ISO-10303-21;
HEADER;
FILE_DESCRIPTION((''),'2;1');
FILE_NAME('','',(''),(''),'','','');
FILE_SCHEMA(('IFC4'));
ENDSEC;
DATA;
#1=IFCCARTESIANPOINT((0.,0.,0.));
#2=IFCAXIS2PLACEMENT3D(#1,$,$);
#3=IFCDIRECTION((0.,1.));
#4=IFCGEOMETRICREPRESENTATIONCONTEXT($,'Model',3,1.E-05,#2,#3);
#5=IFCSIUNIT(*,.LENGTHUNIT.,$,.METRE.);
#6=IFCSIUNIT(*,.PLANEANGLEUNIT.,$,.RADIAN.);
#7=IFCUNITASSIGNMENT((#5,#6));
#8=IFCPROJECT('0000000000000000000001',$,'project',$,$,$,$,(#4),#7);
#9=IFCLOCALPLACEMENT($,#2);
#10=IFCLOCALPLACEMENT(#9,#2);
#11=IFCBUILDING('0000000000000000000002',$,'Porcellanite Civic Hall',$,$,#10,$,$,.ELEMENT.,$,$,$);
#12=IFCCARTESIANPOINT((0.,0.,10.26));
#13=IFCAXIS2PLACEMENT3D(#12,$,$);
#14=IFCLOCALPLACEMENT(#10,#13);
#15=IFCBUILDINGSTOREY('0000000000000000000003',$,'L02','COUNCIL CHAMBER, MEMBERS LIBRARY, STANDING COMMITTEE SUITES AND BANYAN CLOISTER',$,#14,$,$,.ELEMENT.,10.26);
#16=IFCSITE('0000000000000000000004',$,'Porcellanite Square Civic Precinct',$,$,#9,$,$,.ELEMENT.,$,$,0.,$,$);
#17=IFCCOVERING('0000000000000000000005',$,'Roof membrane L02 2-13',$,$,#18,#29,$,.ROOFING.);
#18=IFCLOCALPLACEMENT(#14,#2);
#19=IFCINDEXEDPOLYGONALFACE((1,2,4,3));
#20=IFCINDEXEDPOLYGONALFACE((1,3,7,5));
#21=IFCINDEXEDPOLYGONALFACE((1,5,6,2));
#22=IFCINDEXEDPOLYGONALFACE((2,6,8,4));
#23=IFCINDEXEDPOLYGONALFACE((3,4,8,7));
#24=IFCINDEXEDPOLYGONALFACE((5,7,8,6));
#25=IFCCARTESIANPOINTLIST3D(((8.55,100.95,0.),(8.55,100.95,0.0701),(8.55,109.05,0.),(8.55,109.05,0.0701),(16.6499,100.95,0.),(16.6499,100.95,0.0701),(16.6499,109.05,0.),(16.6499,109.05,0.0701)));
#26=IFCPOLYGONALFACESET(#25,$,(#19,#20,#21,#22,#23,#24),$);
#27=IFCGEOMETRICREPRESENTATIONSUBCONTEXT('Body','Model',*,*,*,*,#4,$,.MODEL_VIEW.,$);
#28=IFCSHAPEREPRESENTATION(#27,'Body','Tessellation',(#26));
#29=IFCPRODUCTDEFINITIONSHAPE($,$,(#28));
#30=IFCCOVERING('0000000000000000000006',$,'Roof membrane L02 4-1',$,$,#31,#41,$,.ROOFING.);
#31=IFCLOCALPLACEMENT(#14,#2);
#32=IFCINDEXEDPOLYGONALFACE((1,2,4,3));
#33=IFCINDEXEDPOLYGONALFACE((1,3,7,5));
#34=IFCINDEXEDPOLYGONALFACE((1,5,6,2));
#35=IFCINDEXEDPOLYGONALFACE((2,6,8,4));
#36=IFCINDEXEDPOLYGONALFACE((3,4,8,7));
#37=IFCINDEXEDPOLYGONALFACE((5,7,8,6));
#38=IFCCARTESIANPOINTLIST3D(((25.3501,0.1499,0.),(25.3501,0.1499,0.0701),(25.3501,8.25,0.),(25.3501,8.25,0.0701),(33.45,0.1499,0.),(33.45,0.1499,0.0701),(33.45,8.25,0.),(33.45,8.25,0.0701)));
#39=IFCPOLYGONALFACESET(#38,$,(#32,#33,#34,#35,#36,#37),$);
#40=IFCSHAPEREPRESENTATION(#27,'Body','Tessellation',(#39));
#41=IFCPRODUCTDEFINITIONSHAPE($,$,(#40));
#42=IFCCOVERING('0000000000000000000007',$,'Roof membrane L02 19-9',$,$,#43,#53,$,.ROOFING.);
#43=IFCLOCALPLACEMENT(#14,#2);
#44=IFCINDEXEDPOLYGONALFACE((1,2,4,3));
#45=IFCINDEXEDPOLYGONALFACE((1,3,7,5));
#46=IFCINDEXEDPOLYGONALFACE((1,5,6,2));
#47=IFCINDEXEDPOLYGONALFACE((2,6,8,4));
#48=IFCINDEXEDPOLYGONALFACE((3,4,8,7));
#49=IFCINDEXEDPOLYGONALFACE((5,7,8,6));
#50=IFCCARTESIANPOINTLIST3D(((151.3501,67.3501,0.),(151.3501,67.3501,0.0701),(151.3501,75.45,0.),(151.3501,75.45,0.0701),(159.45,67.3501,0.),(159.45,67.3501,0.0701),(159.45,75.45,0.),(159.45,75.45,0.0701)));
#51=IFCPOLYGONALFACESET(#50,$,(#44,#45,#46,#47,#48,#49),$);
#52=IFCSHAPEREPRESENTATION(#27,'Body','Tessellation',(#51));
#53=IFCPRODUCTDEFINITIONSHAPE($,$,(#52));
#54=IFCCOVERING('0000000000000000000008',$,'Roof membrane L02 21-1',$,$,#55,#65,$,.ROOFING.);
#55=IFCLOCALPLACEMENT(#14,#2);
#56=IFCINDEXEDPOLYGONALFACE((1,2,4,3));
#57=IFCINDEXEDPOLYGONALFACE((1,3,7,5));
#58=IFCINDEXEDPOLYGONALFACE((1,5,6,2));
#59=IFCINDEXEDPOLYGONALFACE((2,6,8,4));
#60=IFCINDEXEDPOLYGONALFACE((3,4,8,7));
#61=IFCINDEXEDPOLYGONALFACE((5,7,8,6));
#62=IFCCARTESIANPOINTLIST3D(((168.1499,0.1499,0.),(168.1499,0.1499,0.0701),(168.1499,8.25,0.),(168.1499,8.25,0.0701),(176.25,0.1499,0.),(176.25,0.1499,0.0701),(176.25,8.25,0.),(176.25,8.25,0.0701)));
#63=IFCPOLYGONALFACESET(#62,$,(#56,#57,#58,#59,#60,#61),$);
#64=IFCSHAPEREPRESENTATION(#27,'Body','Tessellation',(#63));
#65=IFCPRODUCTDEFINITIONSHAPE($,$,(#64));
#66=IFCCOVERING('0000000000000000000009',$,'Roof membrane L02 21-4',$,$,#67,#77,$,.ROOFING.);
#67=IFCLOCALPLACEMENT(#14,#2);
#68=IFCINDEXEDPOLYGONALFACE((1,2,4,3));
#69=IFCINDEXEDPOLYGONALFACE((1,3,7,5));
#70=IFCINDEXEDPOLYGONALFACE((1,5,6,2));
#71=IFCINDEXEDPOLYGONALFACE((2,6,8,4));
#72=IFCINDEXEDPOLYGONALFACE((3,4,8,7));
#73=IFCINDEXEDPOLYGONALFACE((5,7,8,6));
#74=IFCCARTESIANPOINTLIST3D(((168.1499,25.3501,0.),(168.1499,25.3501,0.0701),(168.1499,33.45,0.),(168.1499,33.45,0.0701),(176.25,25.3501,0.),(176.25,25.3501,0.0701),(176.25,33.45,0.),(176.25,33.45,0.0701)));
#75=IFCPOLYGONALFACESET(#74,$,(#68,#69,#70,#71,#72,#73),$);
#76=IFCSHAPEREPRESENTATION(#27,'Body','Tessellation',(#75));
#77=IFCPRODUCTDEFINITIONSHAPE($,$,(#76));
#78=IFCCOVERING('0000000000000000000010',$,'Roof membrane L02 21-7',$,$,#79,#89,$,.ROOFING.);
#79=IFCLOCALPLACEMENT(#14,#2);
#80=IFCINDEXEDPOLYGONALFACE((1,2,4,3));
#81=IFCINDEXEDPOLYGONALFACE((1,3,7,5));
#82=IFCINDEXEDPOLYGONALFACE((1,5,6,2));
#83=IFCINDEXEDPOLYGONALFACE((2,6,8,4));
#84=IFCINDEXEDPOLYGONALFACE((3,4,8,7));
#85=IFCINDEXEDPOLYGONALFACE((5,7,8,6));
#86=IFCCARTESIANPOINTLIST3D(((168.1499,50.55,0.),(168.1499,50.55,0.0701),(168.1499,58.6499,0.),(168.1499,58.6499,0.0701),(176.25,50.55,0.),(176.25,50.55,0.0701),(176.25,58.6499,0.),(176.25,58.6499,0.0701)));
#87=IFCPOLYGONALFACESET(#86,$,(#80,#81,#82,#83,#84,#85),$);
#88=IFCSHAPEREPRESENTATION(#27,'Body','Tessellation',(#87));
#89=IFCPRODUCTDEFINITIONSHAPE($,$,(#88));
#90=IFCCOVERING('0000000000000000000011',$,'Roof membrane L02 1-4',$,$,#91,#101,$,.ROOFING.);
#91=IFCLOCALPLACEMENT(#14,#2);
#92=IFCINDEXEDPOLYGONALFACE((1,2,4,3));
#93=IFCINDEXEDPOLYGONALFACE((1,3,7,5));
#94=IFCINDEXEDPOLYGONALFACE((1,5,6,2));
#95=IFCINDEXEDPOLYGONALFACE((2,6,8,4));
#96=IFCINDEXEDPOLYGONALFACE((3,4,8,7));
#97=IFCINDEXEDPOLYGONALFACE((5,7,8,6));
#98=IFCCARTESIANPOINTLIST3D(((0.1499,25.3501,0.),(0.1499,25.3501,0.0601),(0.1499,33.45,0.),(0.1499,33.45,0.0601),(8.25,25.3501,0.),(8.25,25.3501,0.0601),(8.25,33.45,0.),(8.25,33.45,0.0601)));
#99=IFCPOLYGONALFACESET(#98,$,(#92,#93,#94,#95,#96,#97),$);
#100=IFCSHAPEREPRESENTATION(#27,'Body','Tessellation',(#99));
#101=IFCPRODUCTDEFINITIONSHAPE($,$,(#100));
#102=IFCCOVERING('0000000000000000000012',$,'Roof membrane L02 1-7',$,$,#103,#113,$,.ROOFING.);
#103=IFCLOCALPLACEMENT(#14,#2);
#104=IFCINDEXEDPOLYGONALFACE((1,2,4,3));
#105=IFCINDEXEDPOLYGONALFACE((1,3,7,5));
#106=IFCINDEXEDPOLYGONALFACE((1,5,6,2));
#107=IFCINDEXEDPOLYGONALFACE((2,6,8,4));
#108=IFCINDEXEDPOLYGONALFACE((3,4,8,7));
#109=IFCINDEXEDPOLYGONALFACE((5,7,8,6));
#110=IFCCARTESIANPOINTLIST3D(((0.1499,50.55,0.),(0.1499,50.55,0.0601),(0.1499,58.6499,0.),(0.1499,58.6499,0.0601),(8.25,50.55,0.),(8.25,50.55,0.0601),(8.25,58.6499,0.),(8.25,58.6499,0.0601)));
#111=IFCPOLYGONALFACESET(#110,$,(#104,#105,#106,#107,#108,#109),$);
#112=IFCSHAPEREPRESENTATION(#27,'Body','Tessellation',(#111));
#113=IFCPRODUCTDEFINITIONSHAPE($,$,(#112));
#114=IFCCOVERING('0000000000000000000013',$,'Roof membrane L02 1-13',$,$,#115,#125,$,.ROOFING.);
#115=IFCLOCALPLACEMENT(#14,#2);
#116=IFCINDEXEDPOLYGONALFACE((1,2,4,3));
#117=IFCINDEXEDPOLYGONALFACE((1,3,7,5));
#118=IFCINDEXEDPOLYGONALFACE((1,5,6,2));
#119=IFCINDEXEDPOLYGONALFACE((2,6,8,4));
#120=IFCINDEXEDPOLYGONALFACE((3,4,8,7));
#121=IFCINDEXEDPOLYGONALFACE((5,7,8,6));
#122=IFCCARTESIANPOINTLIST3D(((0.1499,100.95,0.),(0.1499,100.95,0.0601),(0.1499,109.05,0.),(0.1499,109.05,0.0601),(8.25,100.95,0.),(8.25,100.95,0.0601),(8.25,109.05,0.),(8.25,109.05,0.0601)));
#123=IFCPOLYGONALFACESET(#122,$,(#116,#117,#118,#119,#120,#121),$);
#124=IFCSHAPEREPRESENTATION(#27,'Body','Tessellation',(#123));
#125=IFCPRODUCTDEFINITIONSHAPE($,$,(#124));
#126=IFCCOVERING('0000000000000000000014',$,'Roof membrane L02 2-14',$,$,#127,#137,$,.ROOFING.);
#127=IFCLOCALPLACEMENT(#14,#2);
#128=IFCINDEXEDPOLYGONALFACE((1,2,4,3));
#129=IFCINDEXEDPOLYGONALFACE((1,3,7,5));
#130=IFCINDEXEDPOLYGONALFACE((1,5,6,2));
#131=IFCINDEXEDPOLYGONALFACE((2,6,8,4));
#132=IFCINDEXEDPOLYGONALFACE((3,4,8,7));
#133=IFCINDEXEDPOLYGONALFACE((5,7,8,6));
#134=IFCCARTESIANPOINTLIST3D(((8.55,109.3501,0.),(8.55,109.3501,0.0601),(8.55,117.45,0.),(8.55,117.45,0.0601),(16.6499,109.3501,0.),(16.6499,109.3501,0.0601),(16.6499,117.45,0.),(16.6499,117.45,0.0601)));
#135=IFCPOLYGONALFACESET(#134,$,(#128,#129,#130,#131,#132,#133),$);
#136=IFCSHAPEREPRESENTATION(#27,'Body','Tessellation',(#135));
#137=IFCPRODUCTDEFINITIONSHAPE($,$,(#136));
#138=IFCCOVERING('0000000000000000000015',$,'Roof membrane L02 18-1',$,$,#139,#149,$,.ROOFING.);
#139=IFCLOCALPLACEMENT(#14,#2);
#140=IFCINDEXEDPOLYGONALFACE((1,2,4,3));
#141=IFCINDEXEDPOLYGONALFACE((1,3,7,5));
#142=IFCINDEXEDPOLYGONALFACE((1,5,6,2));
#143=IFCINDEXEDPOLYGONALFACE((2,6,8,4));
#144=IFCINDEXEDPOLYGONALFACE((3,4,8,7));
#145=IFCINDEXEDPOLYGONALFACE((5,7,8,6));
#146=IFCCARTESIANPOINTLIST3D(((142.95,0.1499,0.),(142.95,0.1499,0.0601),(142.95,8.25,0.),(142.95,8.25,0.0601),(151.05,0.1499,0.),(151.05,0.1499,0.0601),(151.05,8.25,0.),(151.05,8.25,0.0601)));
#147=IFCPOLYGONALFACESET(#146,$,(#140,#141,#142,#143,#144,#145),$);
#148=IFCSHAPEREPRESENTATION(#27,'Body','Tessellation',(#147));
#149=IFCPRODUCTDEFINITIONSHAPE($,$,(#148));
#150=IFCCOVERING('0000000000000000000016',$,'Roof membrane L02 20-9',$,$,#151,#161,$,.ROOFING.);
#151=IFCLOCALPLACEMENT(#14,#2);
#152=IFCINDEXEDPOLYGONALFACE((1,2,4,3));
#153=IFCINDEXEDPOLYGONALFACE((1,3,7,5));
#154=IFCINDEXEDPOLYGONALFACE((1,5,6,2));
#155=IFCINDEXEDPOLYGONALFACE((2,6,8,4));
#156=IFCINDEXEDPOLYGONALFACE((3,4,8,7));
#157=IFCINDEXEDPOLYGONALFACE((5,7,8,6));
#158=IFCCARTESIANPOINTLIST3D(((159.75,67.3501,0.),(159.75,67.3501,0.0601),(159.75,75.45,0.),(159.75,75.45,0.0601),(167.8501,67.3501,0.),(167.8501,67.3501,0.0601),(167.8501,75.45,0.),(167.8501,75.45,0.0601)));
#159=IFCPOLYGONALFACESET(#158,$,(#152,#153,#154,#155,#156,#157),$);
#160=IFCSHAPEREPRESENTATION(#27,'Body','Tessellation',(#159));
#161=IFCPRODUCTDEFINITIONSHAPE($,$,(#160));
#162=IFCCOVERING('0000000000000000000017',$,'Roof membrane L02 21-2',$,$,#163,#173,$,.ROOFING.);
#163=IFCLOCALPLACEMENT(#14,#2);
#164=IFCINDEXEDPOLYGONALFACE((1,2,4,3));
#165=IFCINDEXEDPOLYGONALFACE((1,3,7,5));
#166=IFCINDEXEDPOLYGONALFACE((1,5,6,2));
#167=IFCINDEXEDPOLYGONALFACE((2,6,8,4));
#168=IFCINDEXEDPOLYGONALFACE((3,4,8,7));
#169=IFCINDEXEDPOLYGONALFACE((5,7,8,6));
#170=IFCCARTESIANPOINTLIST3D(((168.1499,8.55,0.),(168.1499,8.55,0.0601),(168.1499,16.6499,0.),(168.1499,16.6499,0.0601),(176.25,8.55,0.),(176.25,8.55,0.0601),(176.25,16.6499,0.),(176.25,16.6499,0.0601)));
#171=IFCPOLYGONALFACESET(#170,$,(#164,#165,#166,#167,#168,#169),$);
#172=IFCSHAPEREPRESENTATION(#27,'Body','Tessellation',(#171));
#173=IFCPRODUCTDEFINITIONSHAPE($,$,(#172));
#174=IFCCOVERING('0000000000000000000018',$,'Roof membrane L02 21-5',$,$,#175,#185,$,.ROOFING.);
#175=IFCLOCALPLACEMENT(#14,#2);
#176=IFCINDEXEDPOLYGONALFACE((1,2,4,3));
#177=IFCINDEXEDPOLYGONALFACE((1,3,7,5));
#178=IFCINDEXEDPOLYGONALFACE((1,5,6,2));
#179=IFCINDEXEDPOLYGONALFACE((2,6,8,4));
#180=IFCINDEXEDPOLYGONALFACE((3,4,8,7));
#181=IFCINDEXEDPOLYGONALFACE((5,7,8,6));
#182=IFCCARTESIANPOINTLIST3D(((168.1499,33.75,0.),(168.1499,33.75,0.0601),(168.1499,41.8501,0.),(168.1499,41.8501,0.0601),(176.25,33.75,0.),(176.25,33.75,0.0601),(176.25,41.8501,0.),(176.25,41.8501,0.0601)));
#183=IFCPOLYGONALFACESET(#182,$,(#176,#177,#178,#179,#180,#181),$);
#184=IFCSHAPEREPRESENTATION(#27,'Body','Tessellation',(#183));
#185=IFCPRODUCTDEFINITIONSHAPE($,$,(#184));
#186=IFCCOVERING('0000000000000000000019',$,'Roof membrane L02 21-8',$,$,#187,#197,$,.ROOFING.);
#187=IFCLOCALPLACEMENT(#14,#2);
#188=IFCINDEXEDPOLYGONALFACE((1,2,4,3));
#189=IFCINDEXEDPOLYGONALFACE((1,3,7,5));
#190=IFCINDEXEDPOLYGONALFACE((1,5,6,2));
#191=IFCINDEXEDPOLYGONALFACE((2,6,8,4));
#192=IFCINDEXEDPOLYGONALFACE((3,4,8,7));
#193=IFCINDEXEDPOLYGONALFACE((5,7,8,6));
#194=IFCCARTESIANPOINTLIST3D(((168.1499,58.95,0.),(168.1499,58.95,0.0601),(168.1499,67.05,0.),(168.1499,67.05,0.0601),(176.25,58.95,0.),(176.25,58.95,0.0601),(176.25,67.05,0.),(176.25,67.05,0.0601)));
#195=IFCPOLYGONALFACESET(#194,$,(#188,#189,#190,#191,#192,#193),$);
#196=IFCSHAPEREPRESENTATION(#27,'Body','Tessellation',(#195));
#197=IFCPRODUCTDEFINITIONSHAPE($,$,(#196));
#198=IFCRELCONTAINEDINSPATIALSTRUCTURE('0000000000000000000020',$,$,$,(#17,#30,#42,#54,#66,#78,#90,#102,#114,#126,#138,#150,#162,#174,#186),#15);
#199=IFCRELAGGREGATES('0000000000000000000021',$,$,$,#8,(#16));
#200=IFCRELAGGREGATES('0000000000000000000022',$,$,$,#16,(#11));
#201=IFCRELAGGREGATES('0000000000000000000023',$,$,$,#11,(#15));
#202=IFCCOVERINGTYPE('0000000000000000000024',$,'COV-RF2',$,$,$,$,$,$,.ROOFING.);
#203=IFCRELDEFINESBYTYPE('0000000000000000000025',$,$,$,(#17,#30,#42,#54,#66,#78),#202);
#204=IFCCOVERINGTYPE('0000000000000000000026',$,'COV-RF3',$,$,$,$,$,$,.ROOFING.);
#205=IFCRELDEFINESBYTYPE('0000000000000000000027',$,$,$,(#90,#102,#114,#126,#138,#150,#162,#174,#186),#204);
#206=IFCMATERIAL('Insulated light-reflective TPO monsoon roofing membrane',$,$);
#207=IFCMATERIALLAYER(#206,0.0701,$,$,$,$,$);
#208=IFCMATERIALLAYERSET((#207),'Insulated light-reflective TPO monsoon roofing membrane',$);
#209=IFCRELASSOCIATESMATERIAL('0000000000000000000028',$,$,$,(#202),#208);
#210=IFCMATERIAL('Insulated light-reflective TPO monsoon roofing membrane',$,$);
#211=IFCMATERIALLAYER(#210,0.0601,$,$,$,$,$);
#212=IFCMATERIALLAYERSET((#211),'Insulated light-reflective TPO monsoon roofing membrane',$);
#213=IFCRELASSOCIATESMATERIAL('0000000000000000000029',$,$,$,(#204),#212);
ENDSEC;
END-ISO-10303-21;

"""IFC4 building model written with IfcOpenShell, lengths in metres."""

from ifc_helpers import new_model, si_unit, direction, frame, origin, place, context, subcontext, project, spatial, polyline, outline, extrude, material, layer, layer_set, type_object, element, save


model = new_model("IFC4")

# Units and contexts
model_context = context("Model", 3, precision=1e-05, world=origin(), true_north=direction((0.0, 1.0)))
body_context = subcontext(model_context, "Body", "Model", "MODEL_VIEW")
ifc_project = project(units=[si_unit("LENGTHUNIT", "METRE"), si_unit("PLANEANGLEUNIT", "RADIAN")], contexts=[model_context])

# Site, building, storey
site_placement = place(None, origin())
site = spatial("IfcSite", under=ifc_project, at=site_placement, Name="Porcellanite Square Civic Precinct", CompositionType="ELEMENT", RefElevation=0.0)
building_placement = place(site_placement, origin())
building = spatial("IfcBuilding", under=site, at=building_placement, Name="Porcellanite Civic Hall", CompositionType="ELEMENT")
storey_placement = place(building_placement, frame((0.0, 0.0, 10.26)))
storey = spatial("IfcBuildingStorey", under=building, at=storey_placement, Name="L02", Description="COUNCIL CHAMBER, MEMBERS LIBRARY, STANDING COMMITTEE SUITES AND BANYAN CLOISTER", CompositionType="ELEMENT", Elevation=10.26)

# Coverings
ifc_material_1 = material(Name="Insulated light-reflective TPO monsoon roofing membrane")
ifc_layer_1 = layer(ifc_material_1, 0.0701)
ifc_layer_set_1 = layer_set([ifc_layer_1], Name="Insulated light-reflective TPO monsoon roofing membrane")
covering_type_1 = type_object("IfcCoveringType", Name="COV-RF2", PredefinedType="ROOFING", material=ifc_layer_set_1)
covering_1_placement = place(storey_placement, origin())
element("IfcCovering", 1, at=covering_1_placement, inside=storey, type_object=covering_type_1, Name="Roof membrane L02 2-13", PredefinedType="ROOFING", context=body_context, shape_type="SweptSolid", body=[
    extrude(outline(polyline([(8.55, 100.95), (16.6499, 100.95), (16.6499, 109.05), (8.55, 109.05), (8.55, 100.95)])), origin(), (0.0, 0.0, 1.0), 0.0701),
])
covering_2_placement = place(storey_placement, origin())
element("IfcCovering", 2, at=covering_2_placement, inside=storey, type_object=covering_type_1, Name="Roof membrane L02 4-1", PredefinedType="ROOFING", context=body_context, shape_type="SweptSolid", body=[
    extrude(outline(polyline([(25.3501, 0.1499), (33.45, 0.1499), (33.45, 8.25), (25.3501, 8.25), (25.3501, 0.1499)])), origin(), (0.0, 0.0, 1.0), 0.0701),
])
covering_3_placement = place(storey_placement, origin())
element("IfcCovering", 3, at=covering_3_placement, inside=storey, type_object=covering_type_1, Name="Roof membrane L02 19-9", PredefinedType="ROOFING", context=body_context, shape_type="SweptSolid", body=[
    extrude(outline(polyline([(151.3501, 67.3501), (159.45, 67.3501), (159.45, 75.45), (151.3501, 75.45), (151.3501, 67.3501)])), origin(), (0.0, 0.0, 1.0), 0.0701),
])
covering_4_placement = place(storey_placement, origin())
element("IfcCovering", 4, at=covering_4_placement, inside=storey, type_object=covering_type_1, Name="Roof membrane L02 21-1", PredefinedType="ROOFING", context=body_context, shape_type="SweptSolid", body=[
    extrude(outline(polyline([(168.1499, 0.1499), (176.25, 0.1499), (176.25, 8.25), (168.1499, 8.25), (168.1499, 0.1499)])), origin(), (0.0, 0.0, 1.0), 0.0701),
])
covering_5_placement = place(storey_placement, origin())
element("IfcCovering", 5, at=covering_5_placement, inside=storey, type_object=covering_type_1, Name="Roof membrane L02 21-4", PredefinedType="ROOFING", context=body_context, shape_type="SweptSolid", body=[
    extrude(outline(polyline([(168.1499, 25.3501), (176.25, 25.3501), (176.25, 33.45), (168.1499, 33.45), (168.1499, 25.3501)])), origin(), (0.0, 0.0, 1.0), 0.0701),
])
covering_6_placement = place(storey_placement, origin())
element("IfcCovering", 6, at=covering_6_placement, inside=storey, type_object=covering_type_1, Name="Roof membrane L02 21-7", PredefinedType="ROOFING", context=body_context, shape_type="SweptSolid", body=[
    extrude(outline(polyline([(168.1499, 50.55), (176.25, 50.55), (176.25, 58.6499), (168.1499, 58.6499), (168.1499, 50.55)])), origin(), (0.0, 0.0, 1.0), 0.0701),
])
ifc_material_2 = material(Name="Insulated light-reflective TPO monsoon roofing membrane")
ifc_layer_2 = layer(ifc_material_2, 0.0601)
ifc_layer_set_2 = layer_set([ifc_layer_2], Name="Insulated light-reflective TPO monsoon roofing membrane")
covering_type_2 = type_object("IfcCoveringType", Name="COV-RF3", PredefinedType="ROOFING", material=ifc_layer_set_2)
covering_7_placement = place(storey_placement, origin())
element("IfcCovering", 7, at=covering_7_placement, inside=storey, type_object=covering_type_2, Name="Roof membrane L02 1-4", PredefinedType="ROOFING", context=body_context, shape_type="SweptSolid", body=[
    extrude(outline(polyline([(0.1499, 25.3501), (8.25, 25.3501), (8.25, 33.45), (0.1499, 33.45), (0.1499, 25.3501)])), origin(), (0.0, 0.0, 1.0), 0.0601),
])
covering_8_placement = place(storey_placement, origin())
element("IfcCovering", 8, at=covering_8_placement, inside=storey, type_object=covering_type_2, Name="Roof membrane L02 1-7", PredefinedType="ROOFING", context=body_context, shape_type="SweptSolid", body=[
    extrude(outline(polyline([(0.1499, 50.55), (8.25, 50.55), (8.25, 58.6499), (0.1499, 58.6499), (0.1499, 50.55)])), origin(), (0.0, 0.0, 1.0), 0.0601),
])
covering_9_placement = place(storey_placement, origin())
element("IfcCovering", 9, at=covering_9_placement, inside=storey, type_object=covering_type_2, Name="Roof membrane L02 1-13", PredefinedType="ROOFING", context=body_context, shape_type="SweptSolid", body=[
    extrude(outline(polyline([(0.1499, 100.95), (8.25, 100.95), (8.25, 109.05), (0.1499, 109.05), (0.1499, 100.95)])), origin(), (0.0, 0.0, 1.0), 0.0601),
])
covering_10_placement = place(storey_placement, origin())
element("IfcCovering", 10, at=covering_10_placement, inside=storey, type_object=covering_type_2, Name="Roof membrane L02 2-14", PredefinedType="ROOFING", context=body_context, shape_type="SweptSolid", body=[
    extrude(outline(polyline([(8.55, 109.3501), (16.6499, 109.3501), (16.6499, 117.45), (8.55, 117.45), (8.55, 109.3501)])), origin(), (0.0, 0.0, 1.0), 0.0601),
])
covering_11_placement = place(storey_placement, origin())
element("IfcCovering", 11, at=covering_11_placement, inside=storey, type_object=covering_type_2, Name="Roof membrane L02 18-1", PredefinedType="ROOFING", context=body_context, shape_type="SweptSolid", body=[
    extrude(outline(polyline([(142.95, 0.1499), (151.05, 0.1499), (151.05, 8.25), (142.95, 8.25), (142.95, 0.1499)])), origin(), (0.0, 0.0, 1.0), 0.0601),
])
covering_12_placement = place(storey_placement, origin())
element("IfcCovering", 12, at=covering_12_placement, inside=storey, type_object=covering_type_2, Name="Roof membrane L02 20-9", PredefinedType="ROOFING", context=body_context, shape_type="SweptSolid", body=[
    extrude(outline(polyline([(159.75, 67.3501), (167.8501, 67.3501), (167.8501, 75.45), (159.75, 75.45), (159.75, 67.3501)])), origin(), (0.0, 0.0, 1.0), 0.0601),
])
covering_13_placement = place(storey_placement, origin())
element("IfcCovering", 13, at=covering_13_placement, inside=storey, type_object=covering_type_2, Name="Roof membrane L02 21-2", PredefinedType="ROOFING", context=body_context, shape_type="SweptSolid", body=[
    extrude(outline(polyline([(168.1499, 8.55), (176.25, 8.55), (176.25, 16.6499), (168.1499, 16.6499), (168.1499, 8.55)])), origin(), (0.0, 0.0, 1.0), 0.0601),
])
covering_14_placement = place(storey_placement, origin())
element("IfcCovering", 14, at=covering_14_placement, inside=storey, type_object=covering_type_2, Name="Roof membrane L02 21-5", PredefinedType="ROOFING", context=body_context, shape_type="SweptSolid", body=[
    extrude(outline(polyline([(168.1499, 33.75), (176.25, 33.75), (176.25, 41.8501), (168.1499, 41.8501), (168.1499, 33.75)])), origin(), (0.0, 0.0, 1.0), 0.0601),
])
covering_15_placement = place(storey_placement, origin())
element("IfcCovering", 15, at=covering_15_placement, inside=storey, type_object=covering_type_2, Name="Roof membrane L02 21-8", PredefinedType="ROOFING", context=body_context, shape_type="SweptSolid", body=[
    extrude(outline(polyline([(168.1499, 58.95), (176.25, 58.95), (176.25, 67.05), (168.1499, 67.05), (168.1499, 58.95)])), origin(), (0.0, 0.0, 1.0), 0.0601),
])

save(model, "model.ifc")
